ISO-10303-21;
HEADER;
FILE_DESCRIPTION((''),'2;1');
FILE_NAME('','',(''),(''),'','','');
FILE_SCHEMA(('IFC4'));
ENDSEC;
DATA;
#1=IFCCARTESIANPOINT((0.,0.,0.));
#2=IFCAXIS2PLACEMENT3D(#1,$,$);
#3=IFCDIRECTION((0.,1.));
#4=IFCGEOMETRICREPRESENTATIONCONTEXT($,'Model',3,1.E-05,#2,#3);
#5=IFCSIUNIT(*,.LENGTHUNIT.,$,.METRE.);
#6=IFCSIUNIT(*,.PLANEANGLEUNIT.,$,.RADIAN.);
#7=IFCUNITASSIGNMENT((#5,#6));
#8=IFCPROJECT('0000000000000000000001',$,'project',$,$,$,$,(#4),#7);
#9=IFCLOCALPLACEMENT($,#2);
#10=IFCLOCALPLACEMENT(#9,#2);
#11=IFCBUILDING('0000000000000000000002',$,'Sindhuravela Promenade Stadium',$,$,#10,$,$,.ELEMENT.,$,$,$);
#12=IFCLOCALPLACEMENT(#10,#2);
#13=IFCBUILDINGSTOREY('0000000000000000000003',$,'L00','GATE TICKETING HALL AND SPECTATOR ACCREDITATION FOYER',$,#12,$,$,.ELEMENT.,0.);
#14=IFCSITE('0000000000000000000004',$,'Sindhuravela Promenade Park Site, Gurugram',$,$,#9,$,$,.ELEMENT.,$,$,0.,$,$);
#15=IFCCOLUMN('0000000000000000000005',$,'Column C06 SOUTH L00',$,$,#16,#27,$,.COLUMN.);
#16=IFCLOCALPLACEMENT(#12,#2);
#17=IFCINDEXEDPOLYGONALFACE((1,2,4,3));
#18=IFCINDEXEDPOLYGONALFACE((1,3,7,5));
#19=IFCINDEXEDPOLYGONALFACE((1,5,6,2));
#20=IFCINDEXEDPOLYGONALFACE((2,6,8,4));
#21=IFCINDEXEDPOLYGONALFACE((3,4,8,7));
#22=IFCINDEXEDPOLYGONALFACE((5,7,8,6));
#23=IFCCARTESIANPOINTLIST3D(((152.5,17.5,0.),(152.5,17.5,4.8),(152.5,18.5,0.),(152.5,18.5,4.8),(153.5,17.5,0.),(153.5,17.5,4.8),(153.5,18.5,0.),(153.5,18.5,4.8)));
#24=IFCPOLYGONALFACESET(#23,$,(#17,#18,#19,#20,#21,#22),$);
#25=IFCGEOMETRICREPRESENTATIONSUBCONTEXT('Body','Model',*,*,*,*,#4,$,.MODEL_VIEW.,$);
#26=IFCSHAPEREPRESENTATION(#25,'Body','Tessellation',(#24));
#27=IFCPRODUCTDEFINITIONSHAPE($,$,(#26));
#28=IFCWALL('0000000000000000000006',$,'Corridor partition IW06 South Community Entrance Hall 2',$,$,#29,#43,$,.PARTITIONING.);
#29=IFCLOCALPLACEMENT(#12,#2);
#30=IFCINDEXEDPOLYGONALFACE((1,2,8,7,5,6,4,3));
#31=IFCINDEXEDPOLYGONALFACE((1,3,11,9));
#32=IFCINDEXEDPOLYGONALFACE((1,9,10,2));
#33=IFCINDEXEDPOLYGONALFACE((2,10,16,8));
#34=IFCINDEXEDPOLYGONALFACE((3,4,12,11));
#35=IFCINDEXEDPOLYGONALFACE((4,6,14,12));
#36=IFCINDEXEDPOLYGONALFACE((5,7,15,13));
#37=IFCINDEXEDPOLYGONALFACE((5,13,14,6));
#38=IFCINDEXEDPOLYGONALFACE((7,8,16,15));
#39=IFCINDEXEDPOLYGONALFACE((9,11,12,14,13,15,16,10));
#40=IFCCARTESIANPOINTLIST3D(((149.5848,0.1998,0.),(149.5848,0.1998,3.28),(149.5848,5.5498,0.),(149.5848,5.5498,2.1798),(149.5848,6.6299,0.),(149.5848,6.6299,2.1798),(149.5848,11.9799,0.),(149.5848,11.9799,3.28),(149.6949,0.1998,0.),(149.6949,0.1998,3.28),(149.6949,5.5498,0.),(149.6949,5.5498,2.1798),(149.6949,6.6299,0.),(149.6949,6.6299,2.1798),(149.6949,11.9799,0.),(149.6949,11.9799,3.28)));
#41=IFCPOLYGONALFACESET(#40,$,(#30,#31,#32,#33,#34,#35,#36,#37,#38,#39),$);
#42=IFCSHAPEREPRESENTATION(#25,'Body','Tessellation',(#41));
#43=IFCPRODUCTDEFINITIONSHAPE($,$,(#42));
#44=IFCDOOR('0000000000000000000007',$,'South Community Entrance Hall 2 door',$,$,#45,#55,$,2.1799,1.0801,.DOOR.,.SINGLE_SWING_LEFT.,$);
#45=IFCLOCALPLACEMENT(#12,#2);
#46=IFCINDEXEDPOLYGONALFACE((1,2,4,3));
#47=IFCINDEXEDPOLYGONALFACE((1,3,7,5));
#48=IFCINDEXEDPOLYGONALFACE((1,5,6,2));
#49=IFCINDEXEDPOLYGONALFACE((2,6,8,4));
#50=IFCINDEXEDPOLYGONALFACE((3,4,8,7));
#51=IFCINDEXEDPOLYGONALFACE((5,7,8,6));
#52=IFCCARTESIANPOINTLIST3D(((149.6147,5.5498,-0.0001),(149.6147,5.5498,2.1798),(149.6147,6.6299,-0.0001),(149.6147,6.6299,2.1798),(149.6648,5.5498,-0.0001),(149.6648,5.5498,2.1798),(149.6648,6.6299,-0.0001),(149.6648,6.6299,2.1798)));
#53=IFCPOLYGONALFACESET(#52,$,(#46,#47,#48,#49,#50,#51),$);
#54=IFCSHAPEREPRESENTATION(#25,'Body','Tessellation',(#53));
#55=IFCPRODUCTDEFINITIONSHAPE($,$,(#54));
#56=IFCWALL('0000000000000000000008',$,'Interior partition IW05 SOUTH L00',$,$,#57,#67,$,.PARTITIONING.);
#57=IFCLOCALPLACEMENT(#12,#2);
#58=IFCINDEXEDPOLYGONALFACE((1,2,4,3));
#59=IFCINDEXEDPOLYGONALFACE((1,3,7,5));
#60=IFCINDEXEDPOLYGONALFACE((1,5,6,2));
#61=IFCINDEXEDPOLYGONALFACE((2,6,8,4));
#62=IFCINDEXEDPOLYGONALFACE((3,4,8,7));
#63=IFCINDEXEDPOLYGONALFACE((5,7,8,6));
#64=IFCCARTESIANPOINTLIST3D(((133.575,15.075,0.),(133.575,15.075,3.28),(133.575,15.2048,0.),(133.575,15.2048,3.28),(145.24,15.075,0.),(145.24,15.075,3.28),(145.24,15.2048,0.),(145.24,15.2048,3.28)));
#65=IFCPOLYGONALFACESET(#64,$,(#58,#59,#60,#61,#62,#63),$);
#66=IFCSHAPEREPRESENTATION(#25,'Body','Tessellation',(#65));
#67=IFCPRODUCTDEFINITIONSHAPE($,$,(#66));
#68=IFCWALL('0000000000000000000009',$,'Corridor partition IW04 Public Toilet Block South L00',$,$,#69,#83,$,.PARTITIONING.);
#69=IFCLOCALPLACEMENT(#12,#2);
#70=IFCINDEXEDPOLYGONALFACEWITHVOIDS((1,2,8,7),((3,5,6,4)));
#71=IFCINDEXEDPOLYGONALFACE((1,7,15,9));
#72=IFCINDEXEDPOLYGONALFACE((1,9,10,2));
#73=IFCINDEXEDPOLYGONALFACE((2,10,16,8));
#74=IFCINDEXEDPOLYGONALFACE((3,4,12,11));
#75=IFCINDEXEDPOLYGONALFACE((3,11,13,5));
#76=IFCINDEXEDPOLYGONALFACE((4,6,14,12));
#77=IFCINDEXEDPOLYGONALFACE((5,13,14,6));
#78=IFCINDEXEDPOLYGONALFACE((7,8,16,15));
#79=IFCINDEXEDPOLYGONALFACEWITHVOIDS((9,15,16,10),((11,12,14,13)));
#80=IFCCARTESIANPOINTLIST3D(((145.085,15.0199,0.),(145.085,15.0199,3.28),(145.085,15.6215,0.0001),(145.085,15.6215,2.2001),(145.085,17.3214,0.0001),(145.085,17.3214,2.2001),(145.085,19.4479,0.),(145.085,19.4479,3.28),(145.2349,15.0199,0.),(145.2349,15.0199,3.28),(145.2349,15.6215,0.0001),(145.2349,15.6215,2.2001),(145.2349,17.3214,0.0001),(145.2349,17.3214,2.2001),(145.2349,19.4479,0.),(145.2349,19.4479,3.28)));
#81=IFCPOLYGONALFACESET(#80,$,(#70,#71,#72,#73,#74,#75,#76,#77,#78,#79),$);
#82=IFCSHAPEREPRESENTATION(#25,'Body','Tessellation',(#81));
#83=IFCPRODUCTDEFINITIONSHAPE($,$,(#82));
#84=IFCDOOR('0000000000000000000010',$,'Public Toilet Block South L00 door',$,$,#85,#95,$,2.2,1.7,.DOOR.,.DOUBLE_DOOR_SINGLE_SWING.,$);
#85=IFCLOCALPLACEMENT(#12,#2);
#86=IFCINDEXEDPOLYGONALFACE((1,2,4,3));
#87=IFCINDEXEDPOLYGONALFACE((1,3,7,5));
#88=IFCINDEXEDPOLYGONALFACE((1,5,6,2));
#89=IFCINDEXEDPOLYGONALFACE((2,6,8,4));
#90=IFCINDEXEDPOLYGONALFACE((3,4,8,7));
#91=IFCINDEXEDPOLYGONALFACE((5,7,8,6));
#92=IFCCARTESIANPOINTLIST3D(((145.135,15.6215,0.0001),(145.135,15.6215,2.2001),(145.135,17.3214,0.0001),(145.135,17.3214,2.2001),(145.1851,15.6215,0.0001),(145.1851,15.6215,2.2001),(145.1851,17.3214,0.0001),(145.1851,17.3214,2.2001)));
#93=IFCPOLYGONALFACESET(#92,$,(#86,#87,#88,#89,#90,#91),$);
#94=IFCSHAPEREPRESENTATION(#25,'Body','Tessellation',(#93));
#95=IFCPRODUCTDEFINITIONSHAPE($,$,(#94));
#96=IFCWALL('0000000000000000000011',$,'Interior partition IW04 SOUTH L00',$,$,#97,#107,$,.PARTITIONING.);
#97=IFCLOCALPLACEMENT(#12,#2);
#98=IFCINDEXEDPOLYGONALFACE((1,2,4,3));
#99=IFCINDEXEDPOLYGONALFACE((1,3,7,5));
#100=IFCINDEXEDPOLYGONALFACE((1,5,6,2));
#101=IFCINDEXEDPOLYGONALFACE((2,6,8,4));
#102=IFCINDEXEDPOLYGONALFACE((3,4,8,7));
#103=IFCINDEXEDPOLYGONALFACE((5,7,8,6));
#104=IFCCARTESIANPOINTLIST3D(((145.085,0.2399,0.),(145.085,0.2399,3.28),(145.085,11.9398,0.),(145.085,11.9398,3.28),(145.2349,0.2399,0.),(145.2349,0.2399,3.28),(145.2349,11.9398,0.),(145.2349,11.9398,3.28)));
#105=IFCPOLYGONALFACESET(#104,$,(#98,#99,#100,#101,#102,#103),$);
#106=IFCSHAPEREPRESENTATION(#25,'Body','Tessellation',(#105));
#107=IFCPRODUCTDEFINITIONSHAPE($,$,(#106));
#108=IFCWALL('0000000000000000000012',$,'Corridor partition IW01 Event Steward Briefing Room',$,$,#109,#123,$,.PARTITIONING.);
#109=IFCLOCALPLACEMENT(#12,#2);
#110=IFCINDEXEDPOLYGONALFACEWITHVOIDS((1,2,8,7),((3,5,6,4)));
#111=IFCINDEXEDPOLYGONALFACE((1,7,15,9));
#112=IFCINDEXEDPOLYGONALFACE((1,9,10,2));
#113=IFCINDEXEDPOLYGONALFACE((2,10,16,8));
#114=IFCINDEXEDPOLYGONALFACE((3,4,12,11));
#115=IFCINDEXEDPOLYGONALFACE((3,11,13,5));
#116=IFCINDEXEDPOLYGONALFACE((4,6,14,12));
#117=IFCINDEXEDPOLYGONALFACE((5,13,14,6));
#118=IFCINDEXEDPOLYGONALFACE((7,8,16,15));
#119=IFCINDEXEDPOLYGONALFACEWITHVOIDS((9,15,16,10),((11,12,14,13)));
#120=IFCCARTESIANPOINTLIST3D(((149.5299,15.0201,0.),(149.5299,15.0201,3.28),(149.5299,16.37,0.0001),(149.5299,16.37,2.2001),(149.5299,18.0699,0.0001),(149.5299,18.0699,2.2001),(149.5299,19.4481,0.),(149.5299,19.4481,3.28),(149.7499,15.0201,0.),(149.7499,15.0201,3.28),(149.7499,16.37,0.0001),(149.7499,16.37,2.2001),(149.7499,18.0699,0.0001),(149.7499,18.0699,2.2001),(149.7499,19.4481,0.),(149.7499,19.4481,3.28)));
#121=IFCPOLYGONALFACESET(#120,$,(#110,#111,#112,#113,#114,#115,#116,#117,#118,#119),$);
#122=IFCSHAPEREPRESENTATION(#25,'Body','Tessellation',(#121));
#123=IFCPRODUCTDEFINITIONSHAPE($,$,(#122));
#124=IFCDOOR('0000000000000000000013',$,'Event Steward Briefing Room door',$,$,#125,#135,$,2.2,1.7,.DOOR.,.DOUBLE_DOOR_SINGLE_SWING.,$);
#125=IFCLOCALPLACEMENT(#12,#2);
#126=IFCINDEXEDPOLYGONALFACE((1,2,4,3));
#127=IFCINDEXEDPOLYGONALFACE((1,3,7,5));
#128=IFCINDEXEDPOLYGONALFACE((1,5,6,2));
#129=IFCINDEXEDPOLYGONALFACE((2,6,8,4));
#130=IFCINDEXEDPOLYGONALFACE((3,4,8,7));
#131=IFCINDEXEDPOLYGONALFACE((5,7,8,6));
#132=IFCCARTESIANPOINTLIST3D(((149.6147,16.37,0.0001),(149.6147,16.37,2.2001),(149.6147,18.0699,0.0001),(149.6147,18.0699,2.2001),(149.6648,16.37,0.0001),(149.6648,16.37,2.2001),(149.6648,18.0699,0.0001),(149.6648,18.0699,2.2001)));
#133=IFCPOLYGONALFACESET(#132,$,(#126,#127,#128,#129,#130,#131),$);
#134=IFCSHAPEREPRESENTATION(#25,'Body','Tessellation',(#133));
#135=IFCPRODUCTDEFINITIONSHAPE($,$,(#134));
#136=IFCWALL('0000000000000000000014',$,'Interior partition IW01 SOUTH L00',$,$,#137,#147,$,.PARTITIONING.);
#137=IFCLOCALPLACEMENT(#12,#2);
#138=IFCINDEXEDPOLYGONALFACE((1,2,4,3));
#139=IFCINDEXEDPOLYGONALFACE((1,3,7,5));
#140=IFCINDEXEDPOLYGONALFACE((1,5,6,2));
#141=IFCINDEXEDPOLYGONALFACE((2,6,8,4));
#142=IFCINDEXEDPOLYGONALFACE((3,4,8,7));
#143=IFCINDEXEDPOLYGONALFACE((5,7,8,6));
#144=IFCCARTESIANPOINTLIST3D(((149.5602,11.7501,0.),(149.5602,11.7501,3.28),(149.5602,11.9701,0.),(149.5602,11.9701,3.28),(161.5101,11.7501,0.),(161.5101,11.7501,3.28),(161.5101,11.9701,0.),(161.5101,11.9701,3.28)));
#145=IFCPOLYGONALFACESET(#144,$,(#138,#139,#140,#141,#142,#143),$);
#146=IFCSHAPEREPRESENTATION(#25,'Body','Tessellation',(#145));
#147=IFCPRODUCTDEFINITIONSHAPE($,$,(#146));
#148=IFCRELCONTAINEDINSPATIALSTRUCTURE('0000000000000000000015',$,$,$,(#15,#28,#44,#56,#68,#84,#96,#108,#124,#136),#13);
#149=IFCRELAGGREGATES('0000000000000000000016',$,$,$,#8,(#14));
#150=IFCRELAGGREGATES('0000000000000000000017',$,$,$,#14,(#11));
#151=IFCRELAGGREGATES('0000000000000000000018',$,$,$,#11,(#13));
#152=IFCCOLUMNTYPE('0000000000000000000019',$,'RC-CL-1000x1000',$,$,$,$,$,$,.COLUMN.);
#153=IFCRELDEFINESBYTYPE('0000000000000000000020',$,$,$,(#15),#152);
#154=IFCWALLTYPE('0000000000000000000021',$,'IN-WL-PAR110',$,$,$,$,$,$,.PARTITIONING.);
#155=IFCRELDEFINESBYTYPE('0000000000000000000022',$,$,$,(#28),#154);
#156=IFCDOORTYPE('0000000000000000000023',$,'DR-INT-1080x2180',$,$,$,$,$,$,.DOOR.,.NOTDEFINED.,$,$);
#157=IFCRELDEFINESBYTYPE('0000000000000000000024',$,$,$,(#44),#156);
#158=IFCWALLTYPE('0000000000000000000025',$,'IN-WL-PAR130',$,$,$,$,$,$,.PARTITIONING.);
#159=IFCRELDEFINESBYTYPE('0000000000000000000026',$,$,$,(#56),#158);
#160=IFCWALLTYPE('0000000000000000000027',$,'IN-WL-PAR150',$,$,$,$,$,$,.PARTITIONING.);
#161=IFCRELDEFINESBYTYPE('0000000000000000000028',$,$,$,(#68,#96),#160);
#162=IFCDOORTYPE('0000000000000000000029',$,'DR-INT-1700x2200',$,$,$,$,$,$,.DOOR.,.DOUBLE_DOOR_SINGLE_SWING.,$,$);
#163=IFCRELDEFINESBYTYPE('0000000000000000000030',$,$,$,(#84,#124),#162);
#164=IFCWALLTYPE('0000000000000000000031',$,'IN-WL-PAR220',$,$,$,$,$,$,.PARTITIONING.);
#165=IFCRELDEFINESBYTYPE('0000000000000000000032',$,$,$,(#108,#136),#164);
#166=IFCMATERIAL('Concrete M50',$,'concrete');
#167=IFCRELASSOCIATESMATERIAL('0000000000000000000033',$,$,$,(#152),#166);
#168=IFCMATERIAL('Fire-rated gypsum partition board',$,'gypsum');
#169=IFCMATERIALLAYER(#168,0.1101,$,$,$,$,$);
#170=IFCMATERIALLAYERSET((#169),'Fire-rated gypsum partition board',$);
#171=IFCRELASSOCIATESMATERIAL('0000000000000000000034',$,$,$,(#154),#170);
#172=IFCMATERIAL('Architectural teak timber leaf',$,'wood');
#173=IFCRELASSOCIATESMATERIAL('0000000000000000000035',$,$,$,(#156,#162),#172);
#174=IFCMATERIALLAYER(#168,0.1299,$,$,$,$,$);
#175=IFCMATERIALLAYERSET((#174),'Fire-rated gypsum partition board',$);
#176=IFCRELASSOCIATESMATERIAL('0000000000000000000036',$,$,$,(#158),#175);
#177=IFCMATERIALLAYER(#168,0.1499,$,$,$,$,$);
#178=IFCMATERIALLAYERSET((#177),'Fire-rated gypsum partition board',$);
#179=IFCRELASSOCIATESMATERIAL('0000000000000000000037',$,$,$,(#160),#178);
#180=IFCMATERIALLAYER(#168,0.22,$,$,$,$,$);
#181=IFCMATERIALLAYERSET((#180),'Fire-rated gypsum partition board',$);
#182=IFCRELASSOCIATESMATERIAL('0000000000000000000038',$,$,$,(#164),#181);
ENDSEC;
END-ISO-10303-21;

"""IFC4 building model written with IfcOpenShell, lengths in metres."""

from ifc_helpers import new_model, si_unit, direction, frame, frame_2d, origin, origin_2d, place, context, subcontext, project, spatial, rectangle, extrude, material, layer, layer_set, material_profile, profile_set, type_object, element, fill, save


model = new_model("IFC4")

# Units and contexts
model_context = context("Model", 3, precision=1e-05, world=origin(), true_north=direction((0.0, 1.0)))
body_context = subcontext(model_context, "Body", "Model", "MODEL_VIEW")
ifc_project = project(units=[si_unit("LENGTHUNIT", "METRE"), si_unit("PLANEANGLEUNIT", "RADIAN")], contexts=[model_context])

# Site, building, storey
site_placement = place(None, origin())
site = spatial("IfcSite", under=ifc_project, at=site_placement, Name="Sindhuravela Promenade Park Site, Gurugram", CompositionType="ELEMENT", RefElevation=0.0)
building_placement = place(site_placement, origin())
building = spatial("IfcBuilding", under=site, at=building_placement, Name="Sindhuravela Promenade Stadium", CompositionType="ELEMENT")
storey_placement = place(building_placement, origin())
storey = spatial("IfcBuildingStorey", under=building, at=storey_placement, Name="L00", Description="GATE TICKETING HALL AND SPECTATOR ACCREDITATION FOYER", CompositionType="ELEMENT", Elevation=0.0)

# Shared definitions
ifc_material_1 = material(Name="Concrete M50", Category="concrete")

# Column
ifc_material_profile_1 = material_profile(ifc_material_1, rectangle(XDim=1.0, YDim=1.0, at=origin_2d()), Name="RC 1000x1000")
ifc_profile_set_1 = profile_set([ifc_material_profile_1], Name="Concrete M50")
column_type = type_object("IfcColumnType", Name="RC-CL-1000x1000", PredefinedType="COLUMN", material=ifc_profile_set_1)
column_placement = place(storey_placement, frame((153.0, 18.0, 0.0), z_axis=(0.0, 0.0, 1.0), x_axis=(1.0, 0.0, 0.0)))
element("IfcColumn", 1, at=column_placement, inside=storey, type_object=column_type, Name="Column C06 SOUTH L00", PredefinedType="COLUMN", context=body_context, shape_type="SweptSolid", body=[
    extrude(rectangle(XDim=1.0, YDim=1.0, at=origin_2d()), origin(), (0.0, 0.0, 1.0), 4.8),
])

# Wall, opening, door
ifc_material_2 = material(Name="Fire-rated gypsum partition board", Category="gypsum")
ifc_layer_1 = layer(ifc_material_2, 0.1101)
ifc_layer_set_1 = layer_set([ifc_layer_1], Name="Fire-rated gypsum partition board")
wall_type_1 = type_object("IfcWallType", Name="IN-WL-PAR110", PredefinedType="PARTITIONING", material=ifc_layer_set_1)
wall_1_placement = place(storey_placement, frame((149.6399, 11.98, 0.0), z_axis=(0.0, 0.0, 1.0), x_axis=(0.0, -1.0, 0.0)))
wall_1 = element("IfcWall", 2, at=wall_1_placement, inside=storey, type_object=wall_type_1, Name="Corridor partition IW06 South Community Entrance Hall 2", PredefinedType="PARTITIONING", context=body_context, shape_type="SweptSolid", body=[
    extrude(rectangle(XDim=11.78, YDim=0.1101, at=frame_2d((5.8901, 0.0))), origin(), (0.0, 0.0, 1.0), 3.28),
])
opening_1_placement = place(wall_1_placement, frame((5.3501, 0.0, 0.0)))
opening_1 = element("IfcOpeningElement", 3, at=opening_1_placement, cuts=wall_1, PredefinedType="OPENING", context=body_context, shape_type="SweptSolid", body=[
    extrude(rectangle(XDim=1.0801, YDim=2.1799, at=frame_2d((0.54, 1.0898))), frame((0.0, 0.0649, 0.0), z_axis=(0.0, -1.0, 0.0), x_axis=(1.0, 0.0, 0.0)), (0.0, 0.0, 1.0), 0.1301),
])
ifc_material_3 = material(Name="Architectural teak timber leaf", Category="wood")
door_type_1 = type_object("IfcDoorType", Name="DR-INT-1080x2180", OperationType="NOTDEFINED", PredefinedType="DOOR", material=ifc_material_3)
door_1_placement = place(opening_1_placement, origin())
door_1 = element("IfcDoor", 4, at=door_1_placement, inside=storey, type_object=door_type_1, Name="South Community Entrance Hall 2 door", OperationType="SINGLE_SWING_LEFT", OverallHeight=2.1799, OverallWidth=1.0801, PredefinedType="DOOR", context=body_context, shape_type="SweptSolid", body=[
    extrude(rectangle(XDim=1.0801, YDim=2.1799, at=frame_2d((0.54, 1.0898))), frame((0.0, 0.0249, 0.0), z_axis=(0.0, -1.0, 0.0), x_axis=(1.0, 0.0, 0.0)), (0.0, 0.0, 1.0), 0.05),
])
fill(opening_1, door_1)

# Wall
ifc_layer_2 = layer(ifc_material_2, 0.1299)
ifc_layer_set_2 = layer_set([ifc_layer_2], Name="Fire-rated gypsum partition board")
wall_type_2 = type_object("IfcWallType", Name="IN-WL-PAR130", PredefinedType="PARTITIONING", material=ifc_layer_set_2)
wall_2_placement = place(storey_placement, frame((145.24, 15.1399, 0.0), z_axis=(0.0, 0.0, 1.0), x_axis=(-1.0, 0.0, 0.0)))
element("IfcWall", 5, at=wall_2_placement, inside=storey, type_object=wall_type_2, Name="Interior partition IW05 SOUTH L00", PredefinedType="PARTITIONING", context=body_context, shape_type="SweptSolid", body=[
    extrude(rectangle(XDim=11.665, YDim=0.1299, at=frame_2d((5.8325, 0.0))), origin(), (0.0, 0.0, 1.0), 3.28),
])

# Wall, opening, door
ifc_layer_3 = layer(ifc_material_2, 0.1499)
ifc_layer_set_3 = layer_set([ifc_layer_3], Name="Fire-rated gypsum partition board")
wall_type_3 = type_object("IfcWallType", Name="IN-WL-PAR150", PredefinedType="PARTITIONING", material=ifc_layer_set_3)
wall_3_placement = place(storey_placement, frame((145.1599, 15.02, 0.0), z_axis=(0.0, 0.0, 1.0), x_axis=(0.0, 1.0, 0.0)))
wall_3 = element("IfcWall", 6, at=wall_3_placement, inside=storey, type_object=wall_type_3, Name="Corridor partition IW04 Public Toilet Block South L00", PredefinedType="PARTITIONING", context=body_context, shape_type="SweptSolid", body=[
    extrude(rectangle(XDim=4.428, YDim=0.1499, at=frame_2d((2.2139, 0.0))), origin(), (0.0, 0.0, 1.0), 3.28),
])
opening_2_placement = place(wall_3_placement, frame((0.6013, 0.0, 0.0)))
opening_2 = element("IfcOpeningElement", 7, at=opening_2_placement, cuts=wall_3, PredefinedType="OPENING", context=body_context, shape_type="SweptSolid", body=[
    extrude(rectangle(XDim=1.7, YDim=2.2, at=frame_2d((0.8501, 1.1001))), frame((0.0, 0.085, 0.0), z_axis=(0.0, -1.0, 0.0), x_axis=(1.0, 0.0, 0.0)), (0.0, 0.0, 1.0), 0.1699),
])
door_type_2 = type_object("IfcDoorType", Name="DR-INT-1700x2200", OperationType="DOUBLE_DOOR_SINGLE_SWING", PredefinedType="DOOR", material=ifc_material_3)
door_2_placement = place(opening_2_placement, origin())
door_2 = element("IfcDoor", 8, at=door_2_placement, inside=storey, type_object=door_type_2, Name="Public Toilet Block South L00 door", OperationType="DOUBLE_DOOR_SINGLE_SWING", OverallHeight=2.2, OverallWidth=1.7, PredefinedType="DOOR", context=body_context, shape_type="SweptSolid", body=[
    extrude(rectangle(XDim=1.7, YDim=2.2, at=frame_2d((0.8501, 1.1001))), frame((0.0, 0.0249, 0.0), z_axis=(0.0, -1.0, 0.0), x_axis=(1.0, 0.0, 0.0)), (0.0, 0.0, 1.0), 0.05),
])
fill(opening_2, door_2)

# Wall
wall_4_placement = place(storey_placement, frame((145.1599, 11.9399, 0.0), z_axis=(0.0, 0.0, 1.0), x_axis=(0.0, -1.0, 0.0)))
element("IfcWall", 9, at=wall_4_placement, inside=storey, type_object=wall_type_3, Name="Interior partition IW04 SOUTH L00", PredefinedType="PARTITIONING", context=body_context, shape_type="SweptSolid", body=[
    extrude(rectangle(XDim=11.7, YDim=0.1499, at=frame_2d((5.8501, 0.0))), origin(), (0.0, 0.0, 1.0), 3.28),
])

# Wall, opening, door
ifc_layer_4 = layer(ifc_material_2, 0.22)
ifc_layer_set_4 = layer_set([ifc_layer_4], Name="Fire-rated gypsum partition board")
wall_type_4 = type_object("IfcWallType", Name="IN-WL-PAR220", PredefinedType="PARTITIONING", material=ifc_layer_set_4)
wall_5_placement = place(storey_placement, frame((149.6399, 19.448, 0.0), z_axis=(0.0, 0.0, 1.0), x_axis=(0.0, -1.0, 0.0)))
wall_5 = element("IfcWall", 10, at=wall_5_placement, inside=storey, type_object=wall_type_4, Name="Corridor partition IW01 Event Steward Briefing Room", PredefinedType="PARTITIONING", context=body_context, shape_type="SweptSolid", body=[
    extrude(rectangle(XDim=4.428, YDim=0.22, at=frame_2d((2.2139, 0.0))), origin(), (0.0, 0.0, 1.0), 3.28),
])
opening_3_placement = place(wall_5_placement, frame((1.3779, 0.0, 0.0)))
opening_3 = element("IfcOpeningElement", 11, at=opening_3_placement, cuts=wall_5, PredefinedType="OPENING", context=body_context, shape_type="SweptSolid", body=[
    extrude(rectangle(XDim=1.7, YDim=2.2, at=frame_2d((0.8501, 1.1001))), frame((0.0, 0.1199, 0.0), z_axis=(0.0, -1.0, 0.0), x_axis=(1.0, 0.0, 0.0)), (0.0, 0.0, 1.0), 0.24),
])
door_3_placement = place(opening_3_placement, origin())
door_3 = element("IfcDoor", 12, at=door_3_placement, inside=storey, type_object=door_type_2, Name="Event Steward Briefing Room door", OperationType="DOUBLE_DOOR_SINGLE_SWING", OverallHeight=2.2, OverallWidth=1.7, PredefinedType="DOOR", context=body_context, shape_type="SweptSolid", body=[
    extrude(rectangle(XDim=1.7, YDim=2.2, at=frame_2d((0.8501, 1.1001))), frame((0.0, 0.0249, 0.0), z_axis=(0.0, -1.0, 0.0), x_axis=(1.0, 0.0, 0.0)), (0.0, 0.0, 1.0), 0.05),
])
fill(opening_3, door_3)

# Wall
wall_6_placement = place(storey_placement, frame((149.5601, 11.8601, 0.0), z_axis=(0.0, 0.0, 1.0), x_axis=(1.0, 0.0, 0.0)))
element("IfcWall", 13, at=wall_6_placement, inside=storey, type_object=wall_type_4, Name="Interior partition IW01 SOUTH L00", PredefinedType="PARTITIONING", context=body_context, shape_type="SweptSolid", body=[
    extrude(rectangle(XDim=11.95, YDim=0.22, at=frame_2d((5.9751, 0.0))), origin(), (0.0, 0.0, 1.0), 3.28),
])

save(model, "model.ifc")
